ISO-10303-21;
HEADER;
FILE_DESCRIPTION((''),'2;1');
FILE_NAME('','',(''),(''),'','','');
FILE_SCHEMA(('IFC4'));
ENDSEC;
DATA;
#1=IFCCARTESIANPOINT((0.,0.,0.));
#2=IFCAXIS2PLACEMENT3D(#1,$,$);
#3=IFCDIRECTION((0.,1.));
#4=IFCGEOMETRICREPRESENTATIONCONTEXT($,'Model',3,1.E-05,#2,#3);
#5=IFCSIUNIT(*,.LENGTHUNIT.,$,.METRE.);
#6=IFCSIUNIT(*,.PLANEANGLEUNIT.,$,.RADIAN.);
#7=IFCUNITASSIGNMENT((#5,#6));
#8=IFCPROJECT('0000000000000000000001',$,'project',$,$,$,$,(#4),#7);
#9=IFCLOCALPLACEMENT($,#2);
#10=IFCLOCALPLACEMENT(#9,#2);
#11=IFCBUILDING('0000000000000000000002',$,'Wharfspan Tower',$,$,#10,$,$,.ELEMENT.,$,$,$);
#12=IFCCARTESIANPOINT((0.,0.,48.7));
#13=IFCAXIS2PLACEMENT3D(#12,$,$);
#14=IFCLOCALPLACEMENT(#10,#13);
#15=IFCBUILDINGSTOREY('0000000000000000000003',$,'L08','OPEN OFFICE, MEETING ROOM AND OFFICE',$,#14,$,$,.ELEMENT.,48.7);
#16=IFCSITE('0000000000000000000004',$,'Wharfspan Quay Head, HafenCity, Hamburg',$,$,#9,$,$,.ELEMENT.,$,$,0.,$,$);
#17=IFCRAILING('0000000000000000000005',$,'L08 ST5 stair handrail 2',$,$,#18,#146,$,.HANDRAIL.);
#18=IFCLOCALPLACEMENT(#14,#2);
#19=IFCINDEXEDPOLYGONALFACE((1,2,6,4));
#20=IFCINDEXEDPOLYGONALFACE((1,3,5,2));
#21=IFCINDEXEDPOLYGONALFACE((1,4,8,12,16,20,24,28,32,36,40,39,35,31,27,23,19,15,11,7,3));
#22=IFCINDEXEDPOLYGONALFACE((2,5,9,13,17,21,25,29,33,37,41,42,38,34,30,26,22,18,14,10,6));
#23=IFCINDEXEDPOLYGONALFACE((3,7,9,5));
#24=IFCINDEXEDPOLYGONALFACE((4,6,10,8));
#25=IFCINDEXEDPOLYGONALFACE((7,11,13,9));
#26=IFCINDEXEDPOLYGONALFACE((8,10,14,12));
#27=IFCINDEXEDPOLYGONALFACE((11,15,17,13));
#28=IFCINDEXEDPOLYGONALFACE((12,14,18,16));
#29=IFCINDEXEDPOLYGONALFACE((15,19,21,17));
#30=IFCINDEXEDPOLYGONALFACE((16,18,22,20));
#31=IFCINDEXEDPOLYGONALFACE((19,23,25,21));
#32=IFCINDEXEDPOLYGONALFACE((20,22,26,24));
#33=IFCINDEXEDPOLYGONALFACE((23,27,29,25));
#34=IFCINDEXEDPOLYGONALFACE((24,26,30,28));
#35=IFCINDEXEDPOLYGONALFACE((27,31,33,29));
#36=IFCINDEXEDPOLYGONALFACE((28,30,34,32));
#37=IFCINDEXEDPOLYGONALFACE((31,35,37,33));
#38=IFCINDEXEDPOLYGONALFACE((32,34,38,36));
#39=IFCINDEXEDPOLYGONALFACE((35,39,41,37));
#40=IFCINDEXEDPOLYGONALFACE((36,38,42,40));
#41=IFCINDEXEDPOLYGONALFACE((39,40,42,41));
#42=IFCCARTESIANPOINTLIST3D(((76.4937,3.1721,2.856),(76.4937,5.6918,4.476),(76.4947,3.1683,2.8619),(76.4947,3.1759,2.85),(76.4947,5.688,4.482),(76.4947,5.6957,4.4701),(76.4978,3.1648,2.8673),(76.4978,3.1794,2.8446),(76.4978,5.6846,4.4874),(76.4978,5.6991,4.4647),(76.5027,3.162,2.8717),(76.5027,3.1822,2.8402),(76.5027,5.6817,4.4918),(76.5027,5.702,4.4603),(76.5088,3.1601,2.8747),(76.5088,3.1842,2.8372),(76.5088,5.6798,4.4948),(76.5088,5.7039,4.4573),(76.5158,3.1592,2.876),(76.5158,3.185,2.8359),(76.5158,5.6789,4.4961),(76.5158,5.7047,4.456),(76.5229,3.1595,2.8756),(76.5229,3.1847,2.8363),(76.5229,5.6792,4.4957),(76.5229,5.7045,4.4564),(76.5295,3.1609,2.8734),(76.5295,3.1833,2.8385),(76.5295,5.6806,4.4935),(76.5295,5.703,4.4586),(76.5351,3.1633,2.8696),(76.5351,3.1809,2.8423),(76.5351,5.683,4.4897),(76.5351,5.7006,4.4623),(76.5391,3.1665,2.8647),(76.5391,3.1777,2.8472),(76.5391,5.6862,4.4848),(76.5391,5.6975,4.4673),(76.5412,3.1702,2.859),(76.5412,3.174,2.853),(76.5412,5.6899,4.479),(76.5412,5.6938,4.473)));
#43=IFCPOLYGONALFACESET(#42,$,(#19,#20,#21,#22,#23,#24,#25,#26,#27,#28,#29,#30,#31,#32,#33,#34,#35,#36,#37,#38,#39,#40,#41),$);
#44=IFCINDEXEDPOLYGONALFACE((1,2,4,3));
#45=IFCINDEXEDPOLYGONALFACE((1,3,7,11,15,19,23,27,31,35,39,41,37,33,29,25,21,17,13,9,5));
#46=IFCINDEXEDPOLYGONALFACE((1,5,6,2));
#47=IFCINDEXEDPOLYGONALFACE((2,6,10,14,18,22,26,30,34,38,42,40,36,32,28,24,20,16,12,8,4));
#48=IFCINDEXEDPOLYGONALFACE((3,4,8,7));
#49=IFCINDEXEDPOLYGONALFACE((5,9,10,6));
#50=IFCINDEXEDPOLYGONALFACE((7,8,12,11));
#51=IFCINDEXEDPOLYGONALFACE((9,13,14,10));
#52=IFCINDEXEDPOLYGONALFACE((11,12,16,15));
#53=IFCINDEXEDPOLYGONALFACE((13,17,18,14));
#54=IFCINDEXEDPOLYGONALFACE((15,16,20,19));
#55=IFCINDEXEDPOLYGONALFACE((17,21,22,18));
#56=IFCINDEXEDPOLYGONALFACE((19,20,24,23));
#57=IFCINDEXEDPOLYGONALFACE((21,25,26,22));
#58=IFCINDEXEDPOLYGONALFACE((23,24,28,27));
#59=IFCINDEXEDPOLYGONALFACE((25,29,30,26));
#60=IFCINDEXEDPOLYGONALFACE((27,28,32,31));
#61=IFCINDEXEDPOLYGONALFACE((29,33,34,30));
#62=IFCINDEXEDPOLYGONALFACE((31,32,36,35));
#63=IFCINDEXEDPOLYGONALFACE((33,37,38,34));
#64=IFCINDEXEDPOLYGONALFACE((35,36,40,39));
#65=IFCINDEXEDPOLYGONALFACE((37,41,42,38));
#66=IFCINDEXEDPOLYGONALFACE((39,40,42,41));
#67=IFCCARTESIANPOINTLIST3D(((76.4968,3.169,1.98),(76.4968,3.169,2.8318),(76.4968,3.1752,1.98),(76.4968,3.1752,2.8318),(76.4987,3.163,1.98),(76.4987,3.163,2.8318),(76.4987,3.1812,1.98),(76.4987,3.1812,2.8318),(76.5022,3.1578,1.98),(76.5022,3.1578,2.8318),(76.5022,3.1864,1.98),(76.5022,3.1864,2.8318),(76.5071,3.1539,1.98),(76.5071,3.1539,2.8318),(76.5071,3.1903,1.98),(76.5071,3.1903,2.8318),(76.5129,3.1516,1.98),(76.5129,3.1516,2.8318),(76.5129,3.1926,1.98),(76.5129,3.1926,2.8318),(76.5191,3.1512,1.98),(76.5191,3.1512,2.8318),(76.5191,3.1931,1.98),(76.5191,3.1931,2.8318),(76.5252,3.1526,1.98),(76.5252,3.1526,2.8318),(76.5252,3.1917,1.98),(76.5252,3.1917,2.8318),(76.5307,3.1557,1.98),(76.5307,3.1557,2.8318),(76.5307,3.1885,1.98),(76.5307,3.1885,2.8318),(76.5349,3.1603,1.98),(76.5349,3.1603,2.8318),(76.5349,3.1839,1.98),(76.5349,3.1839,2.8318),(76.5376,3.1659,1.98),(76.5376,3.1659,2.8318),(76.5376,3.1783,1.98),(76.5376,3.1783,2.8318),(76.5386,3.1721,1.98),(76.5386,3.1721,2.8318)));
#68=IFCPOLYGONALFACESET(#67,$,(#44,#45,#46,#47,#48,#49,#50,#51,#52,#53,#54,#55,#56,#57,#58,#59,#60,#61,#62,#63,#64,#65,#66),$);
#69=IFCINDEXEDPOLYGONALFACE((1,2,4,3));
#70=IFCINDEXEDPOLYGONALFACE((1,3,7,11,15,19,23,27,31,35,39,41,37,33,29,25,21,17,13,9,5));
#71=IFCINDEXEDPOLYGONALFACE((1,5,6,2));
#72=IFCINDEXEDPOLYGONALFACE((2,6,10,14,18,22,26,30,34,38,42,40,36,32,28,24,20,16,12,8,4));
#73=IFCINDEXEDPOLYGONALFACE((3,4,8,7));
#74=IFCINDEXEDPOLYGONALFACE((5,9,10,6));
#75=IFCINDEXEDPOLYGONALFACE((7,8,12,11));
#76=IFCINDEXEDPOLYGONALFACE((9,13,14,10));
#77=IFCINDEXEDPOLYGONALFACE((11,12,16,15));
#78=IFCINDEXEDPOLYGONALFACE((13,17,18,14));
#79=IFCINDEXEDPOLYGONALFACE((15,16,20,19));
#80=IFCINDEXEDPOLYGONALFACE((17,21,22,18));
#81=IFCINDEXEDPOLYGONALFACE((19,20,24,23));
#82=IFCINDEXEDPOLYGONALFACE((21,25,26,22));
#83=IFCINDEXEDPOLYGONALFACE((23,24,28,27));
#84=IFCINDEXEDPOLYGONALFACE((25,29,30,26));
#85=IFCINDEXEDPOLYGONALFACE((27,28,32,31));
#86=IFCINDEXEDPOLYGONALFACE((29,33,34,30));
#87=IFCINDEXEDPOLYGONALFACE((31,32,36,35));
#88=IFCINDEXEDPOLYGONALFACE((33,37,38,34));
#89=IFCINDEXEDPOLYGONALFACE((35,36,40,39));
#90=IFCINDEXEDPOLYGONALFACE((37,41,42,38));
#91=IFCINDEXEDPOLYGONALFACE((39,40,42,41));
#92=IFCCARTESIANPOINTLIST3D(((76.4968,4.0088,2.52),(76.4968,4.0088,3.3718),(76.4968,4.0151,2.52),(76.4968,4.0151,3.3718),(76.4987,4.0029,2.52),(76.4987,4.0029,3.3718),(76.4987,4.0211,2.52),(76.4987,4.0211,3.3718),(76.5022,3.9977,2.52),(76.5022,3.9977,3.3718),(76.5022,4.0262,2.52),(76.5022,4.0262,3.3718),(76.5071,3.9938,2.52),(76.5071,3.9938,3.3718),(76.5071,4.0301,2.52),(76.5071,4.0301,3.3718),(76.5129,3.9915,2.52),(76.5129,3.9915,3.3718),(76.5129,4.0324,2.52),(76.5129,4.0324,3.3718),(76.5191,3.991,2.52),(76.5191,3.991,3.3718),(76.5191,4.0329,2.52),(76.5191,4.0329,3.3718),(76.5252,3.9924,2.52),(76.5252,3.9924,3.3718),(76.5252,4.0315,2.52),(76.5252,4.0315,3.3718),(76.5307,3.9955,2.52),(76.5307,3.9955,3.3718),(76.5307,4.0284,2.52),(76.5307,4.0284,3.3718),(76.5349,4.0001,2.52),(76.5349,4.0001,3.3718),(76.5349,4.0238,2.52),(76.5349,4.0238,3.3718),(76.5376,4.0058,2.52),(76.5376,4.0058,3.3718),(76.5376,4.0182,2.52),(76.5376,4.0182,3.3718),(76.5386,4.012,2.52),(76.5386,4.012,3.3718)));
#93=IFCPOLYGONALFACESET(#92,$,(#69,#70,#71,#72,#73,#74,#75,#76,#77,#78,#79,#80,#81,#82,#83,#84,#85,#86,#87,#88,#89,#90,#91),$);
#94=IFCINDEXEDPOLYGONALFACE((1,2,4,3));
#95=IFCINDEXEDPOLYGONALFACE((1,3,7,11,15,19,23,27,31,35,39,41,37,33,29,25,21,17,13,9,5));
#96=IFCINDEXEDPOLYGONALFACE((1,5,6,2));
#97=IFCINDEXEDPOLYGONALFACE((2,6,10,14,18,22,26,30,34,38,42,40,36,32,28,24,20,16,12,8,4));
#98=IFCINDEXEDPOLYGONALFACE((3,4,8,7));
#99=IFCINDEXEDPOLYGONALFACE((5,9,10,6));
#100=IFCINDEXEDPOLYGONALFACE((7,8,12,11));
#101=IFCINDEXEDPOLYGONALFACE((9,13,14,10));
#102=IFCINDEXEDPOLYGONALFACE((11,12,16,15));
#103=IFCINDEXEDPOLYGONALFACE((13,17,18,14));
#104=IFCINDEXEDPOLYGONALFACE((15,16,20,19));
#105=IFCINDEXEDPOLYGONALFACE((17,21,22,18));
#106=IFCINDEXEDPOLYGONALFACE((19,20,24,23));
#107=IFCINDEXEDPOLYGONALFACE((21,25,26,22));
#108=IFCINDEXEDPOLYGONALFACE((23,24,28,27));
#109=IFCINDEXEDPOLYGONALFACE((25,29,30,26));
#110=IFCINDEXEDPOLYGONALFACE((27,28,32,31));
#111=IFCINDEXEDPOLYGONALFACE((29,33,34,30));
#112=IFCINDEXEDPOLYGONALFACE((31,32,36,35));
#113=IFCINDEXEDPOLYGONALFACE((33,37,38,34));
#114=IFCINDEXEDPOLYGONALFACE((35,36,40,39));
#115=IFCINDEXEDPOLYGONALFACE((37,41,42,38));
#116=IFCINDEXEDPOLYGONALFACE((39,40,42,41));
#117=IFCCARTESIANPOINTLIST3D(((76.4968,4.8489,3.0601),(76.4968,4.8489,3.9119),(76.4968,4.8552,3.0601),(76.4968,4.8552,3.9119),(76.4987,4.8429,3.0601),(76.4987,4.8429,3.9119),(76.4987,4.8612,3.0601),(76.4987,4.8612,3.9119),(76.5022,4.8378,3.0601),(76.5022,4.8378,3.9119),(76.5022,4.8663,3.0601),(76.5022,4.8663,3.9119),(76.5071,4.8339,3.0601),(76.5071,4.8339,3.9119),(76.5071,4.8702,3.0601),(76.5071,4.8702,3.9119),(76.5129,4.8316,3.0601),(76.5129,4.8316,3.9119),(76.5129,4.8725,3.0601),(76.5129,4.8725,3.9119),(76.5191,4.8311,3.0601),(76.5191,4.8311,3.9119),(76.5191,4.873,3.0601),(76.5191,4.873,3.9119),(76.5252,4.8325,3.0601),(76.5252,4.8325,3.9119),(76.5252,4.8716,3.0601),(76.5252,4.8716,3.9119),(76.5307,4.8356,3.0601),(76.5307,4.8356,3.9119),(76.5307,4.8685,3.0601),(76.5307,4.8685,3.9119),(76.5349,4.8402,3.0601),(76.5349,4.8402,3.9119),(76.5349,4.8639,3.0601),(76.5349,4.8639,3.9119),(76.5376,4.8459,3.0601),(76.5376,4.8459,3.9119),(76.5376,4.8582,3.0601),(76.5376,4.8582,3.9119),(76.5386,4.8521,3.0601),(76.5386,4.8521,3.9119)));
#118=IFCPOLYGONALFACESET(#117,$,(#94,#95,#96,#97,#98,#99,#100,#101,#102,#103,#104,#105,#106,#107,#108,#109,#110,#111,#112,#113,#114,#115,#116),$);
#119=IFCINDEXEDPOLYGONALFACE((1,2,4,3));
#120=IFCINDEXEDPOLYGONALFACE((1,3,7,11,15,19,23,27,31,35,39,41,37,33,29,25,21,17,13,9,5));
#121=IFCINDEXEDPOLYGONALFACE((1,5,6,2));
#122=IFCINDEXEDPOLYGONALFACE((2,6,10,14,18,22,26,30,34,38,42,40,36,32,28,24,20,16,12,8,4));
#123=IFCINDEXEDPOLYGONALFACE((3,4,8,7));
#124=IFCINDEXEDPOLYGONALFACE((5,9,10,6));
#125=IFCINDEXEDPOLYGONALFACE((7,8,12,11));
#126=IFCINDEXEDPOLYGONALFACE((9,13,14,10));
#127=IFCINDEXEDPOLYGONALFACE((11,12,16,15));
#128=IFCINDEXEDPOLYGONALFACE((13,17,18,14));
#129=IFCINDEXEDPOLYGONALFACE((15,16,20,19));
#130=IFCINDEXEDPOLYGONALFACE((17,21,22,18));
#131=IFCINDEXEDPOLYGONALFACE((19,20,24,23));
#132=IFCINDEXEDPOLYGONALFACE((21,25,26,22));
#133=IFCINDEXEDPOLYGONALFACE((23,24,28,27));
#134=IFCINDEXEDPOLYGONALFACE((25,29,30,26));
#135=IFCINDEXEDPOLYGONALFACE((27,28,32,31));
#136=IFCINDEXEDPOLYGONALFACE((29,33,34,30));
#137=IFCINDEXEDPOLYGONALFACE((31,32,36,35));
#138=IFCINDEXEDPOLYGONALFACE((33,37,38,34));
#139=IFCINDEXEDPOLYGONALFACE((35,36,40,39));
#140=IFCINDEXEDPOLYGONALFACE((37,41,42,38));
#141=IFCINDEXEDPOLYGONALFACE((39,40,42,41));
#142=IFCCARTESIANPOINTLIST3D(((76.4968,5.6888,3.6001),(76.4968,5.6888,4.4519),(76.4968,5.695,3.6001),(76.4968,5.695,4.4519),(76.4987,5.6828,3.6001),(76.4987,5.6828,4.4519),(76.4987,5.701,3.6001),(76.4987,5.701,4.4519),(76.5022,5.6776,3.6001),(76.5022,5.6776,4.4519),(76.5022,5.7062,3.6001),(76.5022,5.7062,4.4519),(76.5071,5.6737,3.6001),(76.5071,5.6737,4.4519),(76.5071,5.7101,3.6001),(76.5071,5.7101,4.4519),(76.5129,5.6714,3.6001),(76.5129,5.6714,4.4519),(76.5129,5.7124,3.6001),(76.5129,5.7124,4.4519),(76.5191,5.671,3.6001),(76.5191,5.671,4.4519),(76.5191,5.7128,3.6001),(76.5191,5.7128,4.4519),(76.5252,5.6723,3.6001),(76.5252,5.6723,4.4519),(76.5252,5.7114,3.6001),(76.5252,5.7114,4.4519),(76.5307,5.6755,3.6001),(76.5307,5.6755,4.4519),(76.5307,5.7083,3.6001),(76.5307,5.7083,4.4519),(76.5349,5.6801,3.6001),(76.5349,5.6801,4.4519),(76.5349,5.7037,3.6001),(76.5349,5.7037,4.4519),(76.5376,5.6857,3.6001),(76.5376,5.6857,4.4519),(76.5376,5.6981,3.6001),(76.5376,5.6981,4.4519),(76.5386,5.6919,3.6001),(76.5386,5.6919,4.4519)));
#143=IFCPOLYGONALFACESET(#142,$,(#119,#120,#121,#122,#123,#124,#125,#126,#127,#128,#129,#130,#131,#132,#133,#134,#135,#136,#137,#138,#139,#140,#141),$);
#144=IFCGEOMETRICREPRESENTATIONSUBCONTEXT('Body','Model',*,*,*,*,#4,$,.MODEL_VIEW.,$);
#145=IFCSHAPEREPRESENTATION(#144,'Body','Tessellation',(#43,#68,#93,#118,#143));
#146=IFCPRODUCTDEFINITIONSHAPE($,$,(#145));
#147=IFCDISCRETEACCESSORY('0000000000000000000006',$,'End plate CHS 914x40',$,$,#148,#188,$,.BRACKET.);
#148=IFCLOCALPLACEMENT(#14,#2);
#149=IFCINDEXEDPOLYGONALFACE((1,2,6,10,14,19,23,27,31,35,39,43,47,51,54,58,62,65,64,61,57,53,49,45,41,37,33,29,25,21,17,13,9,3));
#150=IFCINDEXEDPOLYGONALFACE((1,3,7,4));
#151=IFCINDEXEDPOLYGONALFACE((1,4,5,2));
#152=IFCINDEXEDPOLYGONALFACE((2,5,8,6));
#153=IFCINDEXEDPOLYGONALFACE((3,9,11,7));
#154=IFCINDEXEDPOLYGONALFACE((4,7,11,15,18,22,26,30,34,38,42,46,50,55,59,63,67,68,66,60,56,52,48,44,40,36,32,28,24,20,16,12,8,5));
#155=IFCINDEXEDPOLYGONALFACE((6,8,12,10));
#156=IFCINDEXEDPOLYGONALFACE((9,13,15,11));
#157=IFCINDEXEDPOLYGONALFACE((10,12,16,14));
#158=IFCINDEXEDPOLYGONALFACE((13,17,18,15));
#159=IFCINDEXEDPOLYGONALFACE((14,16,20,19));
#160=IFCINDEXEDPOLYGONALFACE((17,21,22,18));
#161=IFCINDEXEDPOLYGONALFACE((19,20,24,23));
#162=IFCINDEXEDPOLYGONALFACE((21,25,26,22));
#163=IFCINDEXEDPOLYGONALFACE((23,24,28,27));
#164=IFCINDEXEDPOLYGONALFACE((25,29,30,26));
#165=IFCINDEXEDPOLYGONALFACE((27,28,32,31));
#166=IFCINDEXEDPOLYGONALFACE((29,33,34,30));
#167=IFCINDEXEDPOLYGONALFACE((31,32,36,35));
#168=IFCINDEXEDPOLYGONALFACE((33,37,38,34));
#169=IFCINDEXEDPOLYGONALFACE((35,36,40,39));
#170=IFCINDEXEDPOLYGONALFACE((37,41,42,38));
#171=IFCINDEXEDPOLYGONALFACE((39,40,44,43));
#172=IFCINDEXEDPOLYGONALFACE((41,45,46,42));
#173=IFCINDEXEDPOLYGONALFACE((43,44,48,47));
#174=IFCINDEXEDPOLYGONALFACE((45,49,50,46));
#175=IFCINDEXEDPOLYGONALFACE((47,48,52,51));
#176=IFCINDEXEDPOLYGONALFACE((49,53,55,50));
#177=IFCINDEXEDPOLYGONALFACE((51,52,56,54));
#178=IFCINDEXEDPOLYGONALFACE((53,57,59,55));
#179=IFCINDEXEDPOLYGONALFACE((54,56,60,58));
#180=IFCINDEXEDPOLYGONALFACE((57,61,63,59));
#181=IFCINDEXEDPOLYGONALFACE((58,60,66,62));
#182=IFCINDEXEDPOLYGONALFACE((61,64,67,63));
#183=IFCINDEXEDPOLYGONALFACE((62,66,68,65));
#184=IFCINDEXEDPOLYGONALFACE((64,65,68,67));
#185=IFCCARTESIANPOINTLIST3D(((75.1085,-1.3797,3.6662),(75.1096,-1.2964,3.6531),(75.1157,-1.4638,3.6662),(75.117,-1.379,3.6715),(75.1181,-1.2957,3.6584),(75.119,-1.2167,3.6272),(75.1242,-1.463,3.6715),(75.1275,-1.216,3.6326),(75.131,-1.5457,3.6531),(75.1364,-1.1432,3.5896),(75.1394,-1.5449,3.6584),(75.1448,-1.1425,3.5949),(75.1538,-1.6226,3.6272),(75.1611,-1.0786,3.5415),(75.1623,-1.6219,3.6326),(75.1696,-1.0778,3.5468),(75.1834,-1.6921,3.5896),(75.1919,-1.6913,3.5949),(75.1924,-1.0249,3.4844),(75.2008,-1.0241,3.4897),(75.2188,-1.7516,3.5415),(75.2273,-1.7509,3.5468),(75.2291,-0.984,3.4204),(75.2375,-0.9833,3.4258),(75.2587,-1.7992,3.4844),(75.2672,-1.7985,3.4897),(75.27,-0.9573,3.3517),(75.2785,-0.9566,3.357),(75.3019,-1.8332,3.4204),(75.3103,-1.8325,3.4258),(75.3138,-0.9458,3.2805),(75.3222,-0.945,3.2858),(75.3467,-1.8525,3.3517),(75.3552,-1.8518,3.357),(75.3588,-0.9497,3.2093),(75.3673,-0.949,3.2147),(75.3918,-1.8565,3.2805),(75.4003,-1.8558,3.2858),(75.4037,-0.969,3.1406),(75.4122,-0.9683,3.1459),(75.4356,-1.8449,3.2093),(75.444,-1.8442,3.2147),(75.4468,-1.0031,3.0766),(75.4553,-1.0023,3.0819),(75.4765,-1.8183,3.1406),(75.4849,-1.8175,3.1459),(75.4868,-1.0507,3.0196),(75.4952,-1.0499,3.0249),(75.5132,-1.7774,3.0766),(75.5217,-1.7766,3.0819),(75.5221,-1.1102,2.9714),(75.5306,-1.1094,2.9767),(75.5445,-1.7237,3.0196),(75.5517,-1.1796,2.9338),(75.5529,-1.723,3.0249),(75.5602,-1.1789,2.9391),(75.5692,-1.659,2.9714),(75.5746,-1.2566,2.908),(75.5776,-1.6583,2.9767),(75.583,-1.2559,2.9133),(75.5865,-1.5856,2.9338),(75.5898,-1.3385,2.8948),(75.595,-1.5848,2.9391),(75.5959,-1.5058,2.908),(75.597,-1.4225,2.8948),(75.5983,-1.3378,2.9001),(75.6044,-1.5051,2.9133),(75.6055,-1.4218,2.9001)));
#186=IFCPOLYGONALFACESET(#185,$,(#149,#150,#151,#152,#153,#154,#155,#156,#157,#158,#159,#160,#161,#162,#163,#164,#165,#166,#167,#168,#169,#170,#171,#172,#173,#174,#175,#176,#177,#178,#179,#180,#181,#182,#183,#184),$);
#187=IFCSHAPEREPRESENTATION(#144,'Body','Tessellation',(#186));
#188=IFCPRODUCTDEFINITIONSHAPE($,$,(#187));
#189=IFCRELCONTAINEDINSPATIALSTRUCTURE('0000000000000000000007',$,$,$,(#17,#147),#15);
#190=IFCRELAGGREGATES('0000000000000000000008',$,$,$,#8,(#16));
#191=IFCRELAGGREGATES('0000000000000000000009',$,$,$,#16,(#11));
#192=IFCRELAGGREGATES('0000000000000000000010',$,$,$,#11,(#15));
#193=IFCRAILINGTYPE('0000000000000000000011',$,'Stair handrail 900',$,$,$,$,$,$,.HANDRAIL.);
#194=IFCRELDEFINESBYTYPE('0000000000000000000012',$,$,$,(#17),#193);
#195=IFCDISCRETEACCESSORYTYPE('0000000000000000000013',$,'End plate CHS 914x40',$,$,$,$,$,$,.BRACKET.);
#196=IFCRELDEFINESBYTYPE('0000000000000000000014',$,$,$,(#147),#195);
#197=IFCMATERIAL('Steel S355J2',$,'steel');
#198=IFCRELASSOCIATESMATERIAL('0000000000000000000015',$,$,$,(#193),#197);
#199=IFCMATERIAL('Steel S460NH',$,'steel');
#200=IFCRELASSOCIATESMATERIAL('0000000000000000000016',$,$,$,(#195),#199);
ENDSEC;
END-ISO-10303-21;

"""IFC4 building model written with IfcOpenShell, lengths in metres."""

from ifc_helpers import new_model, si_unit, direction, frame, origin, origin_2d, place, context, subcontext, project, spatial, circle, extrude, material, material_profile, profile_set, type_object, element, save


model = new_model("IFC4")

# Units and contexts
model_context = context("Model", 3, precision=1e-05, world=origin(), true_north=direction((0.0, 1.0)))
body_context = subcontext(model_context, "Body", "Model", "MODEL_VIEW")
ifc_project = project(units=[si_unit("LENGTHUNIT", "METRE"), si_unit("PLANEANGLEUNIT", "RADIAN")], contexts=[model_context])

# Site, building, storey
site_placement = place(None, origin())
site = spatial("IfcSite", under=ifc_project, at=site_placement, Name="Wharfspan Quay Head, HafenCity, Hamburg", CompositionType="ELEMENT", RefElevation=0.0)
building_placement = place(site_placement, origin())
building = spatial("IfcBuilding", under=site, at=building_placement, Name="Wharfspan Tower", CompositionType="ELEMENT")
storey_placement = place(building_placement, frame((0.0, 0.0, 48.7)))
storey = spatial("IfcBuildingStorey", under=building, at=storey_placement, Name="L08", Description="OPEN OFFICE, MEETING ROOM AND OFFICE", CompositionType="ELEMENT", Elevation=48.7)

# Shared definitions
ifc_material_1 = material(Name="Steel S355J2", Category="steel")

# Shared definitions
ifc_material_2 = material(Name="Steel S460NH", Category="steel")

# Railing
railing_type_1 = type_object("IfcRailingType", Name="Stair handrail 900", PredefinedType="HANDRAIL", material=ifc_material_1)
railing_1_placement = place(storey_placement, frame((76.5176, 3.1721, 1.98)))
element("IfcRailing", 1, at=railing_1_placement, inside=storey, type_object=railing_type_1, Name="L08 ST5 stair handrail 2", PredefinedType="HANDRAIL", context=body_context, shape_type="SweptSolid", body=[
    extrude(circle(Radius=0.0239, at=origin_2d()), frame((0.0, 0.0, 0.876), z_axis=(0.0, 0.841139, 0.540819), x_axis=(-1.0, 0.0, 0.0)), (0.0, 0.0, 1.0), 2.9956),
    extrude(circle(Radius=0.021, at=origin_2d()), origin(), (0.0, 0.0, 1.0), 0.8518),
    extrude(circle(Radius=0.021, at=origin_2d()), frame((0.0, 0.8398, 0.54)), (0.0, 0.0, 1.0), 0.8518),
    extrude(circle(Radius=0.021, at=origin_2d()), frame((0.0, 1.6799, 1.0801)), (0.0, 0.0, 1.0), 0.8518),
    extrude(circle(Radius=0.021, at=origin_2d()), frame((0.0, 2.5198, 1.6201)), (0.0, 0.0, 1.0), 0.8518),
])

# Discrete accessory
ifc_material_profile_1 = material_profile(ifc_material_2, circle(Radius=0.457, at=origin_2d()))
ifc_profile_set_1 = profile_set([ifc_material_profile_1], Name="Steel S460NH")
discrete_accessory_type = type_object("IfcDiscreteAccessoryType", Name="End plate CHS 914x40", PredefinedType="BRACKET", material=ifc_profile_set_1)
for number, where, z_axis, x_axis, name in (
    (2, (75.3528, -1.4011, 3.2805), (0.844416, 0.072379, 0.530776), (-0.085402, 0.99635, 0.0), "End plate CHS 914x40"),
):
    element("IfcDiscreteAccessory", number, at=place(storey_placement, frame(where, z_axis=z_axis, x_axis=x_axis)), inside=storey, type_object=discrete_accessory_type, Name=name, PredefinedType="BRACKET", context=body_context, shape_type="SweptSolid", body=[
        extrude(circle(Radius=0.457, at=origin_2d()), origin(), (0.0, 0.0, 1.0), 0.01),
    ])

save(model, "model.ifc")
